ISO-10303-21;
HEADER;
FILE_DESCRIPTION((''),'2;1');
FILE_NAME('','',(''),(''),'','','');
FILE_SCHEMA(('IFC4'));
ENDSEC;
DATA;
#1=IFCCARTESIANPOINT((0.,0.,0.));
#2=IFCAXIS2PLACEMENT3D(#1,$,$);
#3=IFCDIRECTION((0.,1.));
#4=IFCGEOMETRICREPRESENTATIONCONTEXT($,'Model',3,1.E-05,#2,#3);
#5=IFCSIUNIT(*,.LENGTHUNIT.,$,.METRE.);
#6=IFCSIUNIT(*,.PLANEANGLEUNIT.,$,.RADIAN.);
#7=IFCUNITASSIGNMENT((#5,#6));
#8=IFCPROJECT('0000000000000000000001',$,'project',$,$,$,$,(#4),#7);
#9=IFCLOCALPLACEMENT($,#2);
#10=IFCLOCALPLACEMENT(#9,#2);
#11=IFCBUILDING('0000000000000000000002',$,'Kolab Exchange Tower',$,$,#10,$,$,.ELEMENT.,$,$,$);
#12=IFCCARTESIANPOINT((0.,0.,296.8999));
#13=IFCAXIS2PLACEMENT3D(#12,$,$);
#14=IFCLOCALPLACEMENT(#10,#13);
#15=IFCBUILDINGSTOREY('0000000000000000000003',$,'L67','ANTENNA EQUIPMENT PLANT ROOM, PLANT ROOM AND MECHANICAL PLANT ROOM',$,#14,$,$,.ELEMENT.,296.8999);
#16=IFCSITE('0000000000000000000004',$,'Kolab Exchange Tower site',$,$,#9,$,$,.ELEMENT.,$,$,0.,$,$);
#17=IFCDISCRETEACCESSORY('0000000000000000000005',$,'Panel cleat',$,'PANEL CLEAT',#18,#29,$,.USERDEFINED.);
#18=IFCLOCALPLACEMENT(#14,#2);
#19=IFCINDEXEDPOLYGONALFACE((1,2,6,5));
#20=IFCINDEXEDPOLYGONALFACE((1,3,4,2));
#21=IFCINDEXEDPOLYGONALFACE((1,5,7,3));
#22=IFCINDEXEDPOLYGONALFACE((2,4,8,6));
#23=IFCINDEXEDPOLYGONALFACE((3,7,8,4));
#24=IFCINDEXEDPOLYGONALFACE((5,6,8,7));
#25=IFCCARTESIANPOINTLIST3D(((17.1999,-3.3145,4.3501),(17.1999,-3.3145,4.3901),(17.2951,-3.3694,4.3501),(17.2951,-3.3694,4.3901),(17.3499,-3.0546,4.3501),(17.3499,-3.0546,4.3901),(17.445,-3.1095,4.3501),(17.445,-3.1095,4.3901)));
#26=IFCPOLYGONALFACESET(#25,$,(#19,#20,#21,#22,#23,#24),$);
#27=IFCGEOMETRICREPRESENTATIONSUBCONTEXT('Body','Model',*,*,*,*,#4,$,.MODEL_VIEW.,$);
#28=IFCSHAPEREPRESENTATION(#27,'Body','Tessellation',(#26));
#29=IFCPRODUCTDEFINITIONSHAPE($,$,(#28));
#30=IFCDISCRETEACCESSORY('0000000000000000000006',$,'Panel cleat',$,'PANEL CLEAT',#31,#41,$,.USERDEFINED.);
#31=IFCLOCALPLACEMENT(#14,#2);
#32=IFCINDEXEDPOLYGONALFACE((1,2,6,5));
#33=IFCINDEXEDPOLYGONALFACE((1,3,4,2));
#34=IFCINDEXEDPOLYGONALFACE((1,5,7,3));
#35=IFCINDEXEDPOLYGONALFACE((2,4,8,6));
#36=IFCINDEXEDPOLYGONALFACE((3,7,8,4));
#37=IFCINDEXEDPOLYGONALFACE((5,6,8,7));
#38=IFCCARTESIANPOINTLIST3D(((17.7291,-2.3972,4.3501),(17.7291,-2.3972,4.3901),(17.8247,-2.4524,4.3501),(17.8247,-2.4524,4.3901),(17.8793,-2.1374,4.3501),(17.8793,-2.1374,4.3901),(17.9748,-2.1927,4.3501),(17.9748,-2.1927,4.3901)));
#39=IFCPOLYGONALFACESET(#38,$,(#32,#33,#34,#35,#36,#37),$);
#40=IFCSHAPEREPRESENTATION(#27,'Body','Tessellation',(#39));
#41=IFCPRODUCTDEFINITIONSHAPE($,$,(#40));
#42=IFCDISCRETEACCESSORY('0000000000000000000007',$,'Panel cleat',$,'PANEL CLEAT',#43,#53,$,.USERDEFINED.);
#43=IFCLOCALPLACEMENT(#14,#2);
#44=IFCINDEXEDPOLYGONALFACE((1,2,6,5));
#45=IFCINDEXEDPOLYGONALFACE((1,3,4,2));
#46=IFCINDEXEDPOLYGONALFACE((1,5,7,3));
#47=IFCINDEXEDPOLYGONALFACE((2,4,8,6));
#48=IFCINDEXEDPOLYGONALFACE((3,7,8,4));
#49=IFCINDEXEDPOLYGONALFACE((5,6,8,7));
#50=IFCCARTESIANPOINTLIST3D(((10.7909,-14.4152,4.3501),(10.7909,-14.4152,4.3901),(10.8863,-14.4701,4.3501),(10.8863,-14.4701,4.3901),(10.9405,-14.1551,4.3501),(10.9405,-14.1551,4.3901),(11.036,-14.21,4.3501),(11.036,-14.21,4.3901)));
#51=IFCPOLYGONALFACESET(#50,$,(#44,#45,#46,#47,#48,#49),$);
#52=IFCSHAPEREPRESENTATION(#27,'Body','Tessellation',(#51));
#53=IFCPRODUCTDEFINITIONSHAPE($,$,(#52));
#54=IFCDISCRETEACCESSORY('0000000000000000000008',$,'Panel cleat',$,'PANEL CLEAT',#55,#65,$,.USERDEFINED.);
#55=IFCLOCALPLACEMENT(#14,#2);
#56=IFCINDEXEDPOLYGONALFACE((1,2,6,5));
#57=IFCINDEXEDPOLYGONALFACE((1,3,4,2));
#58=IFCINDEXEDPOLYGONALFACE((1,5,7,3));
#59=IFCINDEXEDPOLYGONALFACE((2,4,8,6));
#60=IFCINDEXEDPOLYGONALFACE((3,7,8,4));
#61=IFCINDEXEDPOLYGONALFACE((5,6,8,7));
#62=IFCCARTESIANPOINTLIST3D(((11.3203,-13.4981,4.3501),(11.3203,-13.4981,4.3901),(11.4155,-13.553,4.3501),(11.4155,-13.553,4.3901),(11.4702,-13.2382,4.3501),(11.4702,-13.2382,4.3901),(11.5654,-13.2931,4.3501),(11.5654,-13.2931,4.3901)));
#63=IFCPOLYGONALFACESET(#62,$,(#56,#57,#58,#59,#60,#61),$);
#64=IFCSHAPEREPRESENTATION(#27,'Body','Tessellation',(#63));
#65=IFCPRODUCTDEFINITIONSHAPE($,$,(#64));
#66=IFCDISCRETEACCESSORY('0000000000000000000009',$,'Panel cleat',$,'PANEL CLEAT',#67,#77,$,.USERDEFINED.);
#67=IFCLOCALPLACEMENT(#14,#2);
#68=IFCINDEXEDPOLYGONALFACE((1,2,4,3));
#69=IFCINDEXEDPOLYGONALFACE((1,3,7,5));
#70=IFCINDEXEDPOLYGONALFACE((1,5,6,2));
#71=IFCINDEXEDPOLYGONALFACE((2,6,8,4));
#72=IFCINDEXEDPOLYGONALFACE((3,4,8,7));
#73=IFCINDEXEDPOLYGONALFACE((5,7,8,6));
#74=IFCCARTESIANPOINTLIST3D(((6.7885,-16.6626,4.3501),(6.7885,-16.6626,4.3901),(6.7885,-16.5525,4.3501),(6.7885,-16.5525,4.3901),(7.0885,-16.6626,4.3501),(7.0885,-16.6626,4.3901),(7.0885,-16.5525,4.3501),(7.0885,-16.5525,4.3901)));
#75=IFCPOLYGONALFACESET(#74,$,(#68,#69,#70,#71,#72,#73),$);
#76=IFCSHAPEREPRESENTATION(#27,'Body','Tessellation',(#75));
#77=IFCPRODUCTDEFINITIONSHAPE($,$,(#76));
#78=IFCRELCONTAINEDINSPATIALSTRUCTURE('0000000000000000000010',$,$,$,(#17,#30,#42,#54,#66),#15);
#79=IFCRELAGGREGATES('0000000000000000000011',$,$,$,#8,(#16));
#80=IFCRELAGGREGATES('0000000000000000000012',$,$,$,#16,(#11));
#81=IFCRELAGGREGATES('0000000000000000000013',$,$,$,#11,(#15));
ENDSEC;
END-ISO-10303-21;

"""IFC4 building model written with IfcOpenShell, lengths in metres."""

from ifc_helpers import new_model, si_unit, direction, frame, origin, origin_2d, place, context, subcontext, project, spatial, rectangle, extrude, element, save


model = new_model("IFC4")

# Units and contexts
model_context = context("Model", 3, precision=1e-05, world=origin(), true_north=direction((0.0, 1.0)))
body_context = subcontext(model_context, "Body", "Model", "MODEL_VIEW")
ifc_project = project(units=[si_unit("LENGTHUNIT", "METRE"), si_unit("PLANEANGLEUNIT", "RADIAN")], contexts=[model_context])

# Site, building, storey
site_placement = place(None, origin())
site = spatial("IfcSite", under=ifc_project, at=site_placement, Name="Kolab Exchange Tower site", CompositionType="ELEMENT", RefElevation=0.0)
building_placement = place(site_placement, origin())
building = spatial("IfcBuilding", under=site, at=building_placement, Name="Kolab Exchange Tower", CompositionType="ELEMENT")
storey_placement = place(building_placement, frame((0.0, 0.0, 296.8999)))
storey = spatial("IfcBuildingStorey", under=building, at=storey_placement, Name="L67", Description="ANTENNA EQUIPMENT PLANT ROOM, PLANT ROOM AND MECHANICAL PLANT ROOM", CompositionType="ELEMENT", Elevation=296.8999)

# Discrete accessories
discrete_accessory_1_placement = place(storey_placement, frame((17.2749, -3.1846, 4.3701), z_axis=(0.866186, -0.499722, 0.0), x_axis=(0.499722, 0.866186, 0.0)))
element("IfcDiscreteAccessory", 1, at=discrete_accessory_1_placement, inside=storey, Name="Panel cleat", ObjectType="PANEL CLEAT", PredefinedType="USERDEFINED", context=body_context, shape_type="SweptSolid", body=[
    extrude(rectangle(XDim=0.3, YDim=0.04, at=origin_2d()), origin(), (0.0, 0.0, 1.0), 0.1099),
])
discrete_accessory_2_placement = place(storey_placement, frame((17.8042, -2.2673, 4.3701), z_axis=(0.86578, -0.500425, 0.0), x_axis=(0.500425, 0.86578, 0.0)))
element("IfcDiscreteAccessory", 2, at=discrete_accessory_2_placement, inside=storey, Name="Panel cleat", ObjectType="PANEL CLEAT", PredefinedType="USERDEFINED", context=body_context, shape_type="SweptSolid", body=[
    extrude(rectangle(XDim=0.3, YDim=0.04, at=origin_2d()), origin(), (0.0, 0.0, 1.0), 0.1104),
])
discrete_accessory_3_placement = place(storey_placement, frame((10.8657, -14.2852, 4.3701), z_axis=(0.866739, -0.498763, 0.0), x_axis=(0.498763, 0.866739, 0.0)))
element("IfcDiscreteAccessory", 3, at=discrete_accessory_3_placement, inside=storey, Name="Panel cleat", ObjectType="PANEL CLEAT", PredefinedType="USERDEFINED", context=body_context, shape_type="SweptSolid", body=[
    extrude(rectangle(XDim=0.3, YDim=0.04, at=origin_2d()), origin(), (0.0, 0.0, 1.0), 0.1101),
])
discrete_accessory_4_placement = place(storey_placement, frame((11.3953, -13.3682, 4.3701), z_axis=(0.866186, -0.499722, 0.0), x_axis=(0.499722, 0.866186, 0.0)))
element("IfcDiscreteAccessory", 4, at=discrete_accessory_4_placement, inside=storey, Name="Panel cleat", ObjectType="PANEL CLEAT", PredefinedType="USERDEFINED", context=body_context, shape_type="SweptSolid", body=[
    extrude(rectangle(XDim=0.3, YDim=0.04, at=origin_2d()), origin(), (0.0, 0.0, 1.0), 0.1099),
])
discrete_accessory_5_placement = place(storey_placement, frame((6.9385, -16.5525, 4.3701), z_axis=(0.0, -1.0, 0.0), x_axis=(1.0, 0.0, 0.0)))
element("IfcDiscreteAccessory", 5, at=discrete_accessory_5_placement, inside=storey, Name="Panel cleat", ObjectType="PANEL CLEAT", PredefinedType="USERDEFINED", context=body_context, shape_type="SweptSolid", body=[
    extrude(rectangle(XDim=0.3, YDim=0.04, at=origin_2d()), origin(), (0.0, 0.0, 1.0), 0.1101),
])

save(model, "model.ifc")
